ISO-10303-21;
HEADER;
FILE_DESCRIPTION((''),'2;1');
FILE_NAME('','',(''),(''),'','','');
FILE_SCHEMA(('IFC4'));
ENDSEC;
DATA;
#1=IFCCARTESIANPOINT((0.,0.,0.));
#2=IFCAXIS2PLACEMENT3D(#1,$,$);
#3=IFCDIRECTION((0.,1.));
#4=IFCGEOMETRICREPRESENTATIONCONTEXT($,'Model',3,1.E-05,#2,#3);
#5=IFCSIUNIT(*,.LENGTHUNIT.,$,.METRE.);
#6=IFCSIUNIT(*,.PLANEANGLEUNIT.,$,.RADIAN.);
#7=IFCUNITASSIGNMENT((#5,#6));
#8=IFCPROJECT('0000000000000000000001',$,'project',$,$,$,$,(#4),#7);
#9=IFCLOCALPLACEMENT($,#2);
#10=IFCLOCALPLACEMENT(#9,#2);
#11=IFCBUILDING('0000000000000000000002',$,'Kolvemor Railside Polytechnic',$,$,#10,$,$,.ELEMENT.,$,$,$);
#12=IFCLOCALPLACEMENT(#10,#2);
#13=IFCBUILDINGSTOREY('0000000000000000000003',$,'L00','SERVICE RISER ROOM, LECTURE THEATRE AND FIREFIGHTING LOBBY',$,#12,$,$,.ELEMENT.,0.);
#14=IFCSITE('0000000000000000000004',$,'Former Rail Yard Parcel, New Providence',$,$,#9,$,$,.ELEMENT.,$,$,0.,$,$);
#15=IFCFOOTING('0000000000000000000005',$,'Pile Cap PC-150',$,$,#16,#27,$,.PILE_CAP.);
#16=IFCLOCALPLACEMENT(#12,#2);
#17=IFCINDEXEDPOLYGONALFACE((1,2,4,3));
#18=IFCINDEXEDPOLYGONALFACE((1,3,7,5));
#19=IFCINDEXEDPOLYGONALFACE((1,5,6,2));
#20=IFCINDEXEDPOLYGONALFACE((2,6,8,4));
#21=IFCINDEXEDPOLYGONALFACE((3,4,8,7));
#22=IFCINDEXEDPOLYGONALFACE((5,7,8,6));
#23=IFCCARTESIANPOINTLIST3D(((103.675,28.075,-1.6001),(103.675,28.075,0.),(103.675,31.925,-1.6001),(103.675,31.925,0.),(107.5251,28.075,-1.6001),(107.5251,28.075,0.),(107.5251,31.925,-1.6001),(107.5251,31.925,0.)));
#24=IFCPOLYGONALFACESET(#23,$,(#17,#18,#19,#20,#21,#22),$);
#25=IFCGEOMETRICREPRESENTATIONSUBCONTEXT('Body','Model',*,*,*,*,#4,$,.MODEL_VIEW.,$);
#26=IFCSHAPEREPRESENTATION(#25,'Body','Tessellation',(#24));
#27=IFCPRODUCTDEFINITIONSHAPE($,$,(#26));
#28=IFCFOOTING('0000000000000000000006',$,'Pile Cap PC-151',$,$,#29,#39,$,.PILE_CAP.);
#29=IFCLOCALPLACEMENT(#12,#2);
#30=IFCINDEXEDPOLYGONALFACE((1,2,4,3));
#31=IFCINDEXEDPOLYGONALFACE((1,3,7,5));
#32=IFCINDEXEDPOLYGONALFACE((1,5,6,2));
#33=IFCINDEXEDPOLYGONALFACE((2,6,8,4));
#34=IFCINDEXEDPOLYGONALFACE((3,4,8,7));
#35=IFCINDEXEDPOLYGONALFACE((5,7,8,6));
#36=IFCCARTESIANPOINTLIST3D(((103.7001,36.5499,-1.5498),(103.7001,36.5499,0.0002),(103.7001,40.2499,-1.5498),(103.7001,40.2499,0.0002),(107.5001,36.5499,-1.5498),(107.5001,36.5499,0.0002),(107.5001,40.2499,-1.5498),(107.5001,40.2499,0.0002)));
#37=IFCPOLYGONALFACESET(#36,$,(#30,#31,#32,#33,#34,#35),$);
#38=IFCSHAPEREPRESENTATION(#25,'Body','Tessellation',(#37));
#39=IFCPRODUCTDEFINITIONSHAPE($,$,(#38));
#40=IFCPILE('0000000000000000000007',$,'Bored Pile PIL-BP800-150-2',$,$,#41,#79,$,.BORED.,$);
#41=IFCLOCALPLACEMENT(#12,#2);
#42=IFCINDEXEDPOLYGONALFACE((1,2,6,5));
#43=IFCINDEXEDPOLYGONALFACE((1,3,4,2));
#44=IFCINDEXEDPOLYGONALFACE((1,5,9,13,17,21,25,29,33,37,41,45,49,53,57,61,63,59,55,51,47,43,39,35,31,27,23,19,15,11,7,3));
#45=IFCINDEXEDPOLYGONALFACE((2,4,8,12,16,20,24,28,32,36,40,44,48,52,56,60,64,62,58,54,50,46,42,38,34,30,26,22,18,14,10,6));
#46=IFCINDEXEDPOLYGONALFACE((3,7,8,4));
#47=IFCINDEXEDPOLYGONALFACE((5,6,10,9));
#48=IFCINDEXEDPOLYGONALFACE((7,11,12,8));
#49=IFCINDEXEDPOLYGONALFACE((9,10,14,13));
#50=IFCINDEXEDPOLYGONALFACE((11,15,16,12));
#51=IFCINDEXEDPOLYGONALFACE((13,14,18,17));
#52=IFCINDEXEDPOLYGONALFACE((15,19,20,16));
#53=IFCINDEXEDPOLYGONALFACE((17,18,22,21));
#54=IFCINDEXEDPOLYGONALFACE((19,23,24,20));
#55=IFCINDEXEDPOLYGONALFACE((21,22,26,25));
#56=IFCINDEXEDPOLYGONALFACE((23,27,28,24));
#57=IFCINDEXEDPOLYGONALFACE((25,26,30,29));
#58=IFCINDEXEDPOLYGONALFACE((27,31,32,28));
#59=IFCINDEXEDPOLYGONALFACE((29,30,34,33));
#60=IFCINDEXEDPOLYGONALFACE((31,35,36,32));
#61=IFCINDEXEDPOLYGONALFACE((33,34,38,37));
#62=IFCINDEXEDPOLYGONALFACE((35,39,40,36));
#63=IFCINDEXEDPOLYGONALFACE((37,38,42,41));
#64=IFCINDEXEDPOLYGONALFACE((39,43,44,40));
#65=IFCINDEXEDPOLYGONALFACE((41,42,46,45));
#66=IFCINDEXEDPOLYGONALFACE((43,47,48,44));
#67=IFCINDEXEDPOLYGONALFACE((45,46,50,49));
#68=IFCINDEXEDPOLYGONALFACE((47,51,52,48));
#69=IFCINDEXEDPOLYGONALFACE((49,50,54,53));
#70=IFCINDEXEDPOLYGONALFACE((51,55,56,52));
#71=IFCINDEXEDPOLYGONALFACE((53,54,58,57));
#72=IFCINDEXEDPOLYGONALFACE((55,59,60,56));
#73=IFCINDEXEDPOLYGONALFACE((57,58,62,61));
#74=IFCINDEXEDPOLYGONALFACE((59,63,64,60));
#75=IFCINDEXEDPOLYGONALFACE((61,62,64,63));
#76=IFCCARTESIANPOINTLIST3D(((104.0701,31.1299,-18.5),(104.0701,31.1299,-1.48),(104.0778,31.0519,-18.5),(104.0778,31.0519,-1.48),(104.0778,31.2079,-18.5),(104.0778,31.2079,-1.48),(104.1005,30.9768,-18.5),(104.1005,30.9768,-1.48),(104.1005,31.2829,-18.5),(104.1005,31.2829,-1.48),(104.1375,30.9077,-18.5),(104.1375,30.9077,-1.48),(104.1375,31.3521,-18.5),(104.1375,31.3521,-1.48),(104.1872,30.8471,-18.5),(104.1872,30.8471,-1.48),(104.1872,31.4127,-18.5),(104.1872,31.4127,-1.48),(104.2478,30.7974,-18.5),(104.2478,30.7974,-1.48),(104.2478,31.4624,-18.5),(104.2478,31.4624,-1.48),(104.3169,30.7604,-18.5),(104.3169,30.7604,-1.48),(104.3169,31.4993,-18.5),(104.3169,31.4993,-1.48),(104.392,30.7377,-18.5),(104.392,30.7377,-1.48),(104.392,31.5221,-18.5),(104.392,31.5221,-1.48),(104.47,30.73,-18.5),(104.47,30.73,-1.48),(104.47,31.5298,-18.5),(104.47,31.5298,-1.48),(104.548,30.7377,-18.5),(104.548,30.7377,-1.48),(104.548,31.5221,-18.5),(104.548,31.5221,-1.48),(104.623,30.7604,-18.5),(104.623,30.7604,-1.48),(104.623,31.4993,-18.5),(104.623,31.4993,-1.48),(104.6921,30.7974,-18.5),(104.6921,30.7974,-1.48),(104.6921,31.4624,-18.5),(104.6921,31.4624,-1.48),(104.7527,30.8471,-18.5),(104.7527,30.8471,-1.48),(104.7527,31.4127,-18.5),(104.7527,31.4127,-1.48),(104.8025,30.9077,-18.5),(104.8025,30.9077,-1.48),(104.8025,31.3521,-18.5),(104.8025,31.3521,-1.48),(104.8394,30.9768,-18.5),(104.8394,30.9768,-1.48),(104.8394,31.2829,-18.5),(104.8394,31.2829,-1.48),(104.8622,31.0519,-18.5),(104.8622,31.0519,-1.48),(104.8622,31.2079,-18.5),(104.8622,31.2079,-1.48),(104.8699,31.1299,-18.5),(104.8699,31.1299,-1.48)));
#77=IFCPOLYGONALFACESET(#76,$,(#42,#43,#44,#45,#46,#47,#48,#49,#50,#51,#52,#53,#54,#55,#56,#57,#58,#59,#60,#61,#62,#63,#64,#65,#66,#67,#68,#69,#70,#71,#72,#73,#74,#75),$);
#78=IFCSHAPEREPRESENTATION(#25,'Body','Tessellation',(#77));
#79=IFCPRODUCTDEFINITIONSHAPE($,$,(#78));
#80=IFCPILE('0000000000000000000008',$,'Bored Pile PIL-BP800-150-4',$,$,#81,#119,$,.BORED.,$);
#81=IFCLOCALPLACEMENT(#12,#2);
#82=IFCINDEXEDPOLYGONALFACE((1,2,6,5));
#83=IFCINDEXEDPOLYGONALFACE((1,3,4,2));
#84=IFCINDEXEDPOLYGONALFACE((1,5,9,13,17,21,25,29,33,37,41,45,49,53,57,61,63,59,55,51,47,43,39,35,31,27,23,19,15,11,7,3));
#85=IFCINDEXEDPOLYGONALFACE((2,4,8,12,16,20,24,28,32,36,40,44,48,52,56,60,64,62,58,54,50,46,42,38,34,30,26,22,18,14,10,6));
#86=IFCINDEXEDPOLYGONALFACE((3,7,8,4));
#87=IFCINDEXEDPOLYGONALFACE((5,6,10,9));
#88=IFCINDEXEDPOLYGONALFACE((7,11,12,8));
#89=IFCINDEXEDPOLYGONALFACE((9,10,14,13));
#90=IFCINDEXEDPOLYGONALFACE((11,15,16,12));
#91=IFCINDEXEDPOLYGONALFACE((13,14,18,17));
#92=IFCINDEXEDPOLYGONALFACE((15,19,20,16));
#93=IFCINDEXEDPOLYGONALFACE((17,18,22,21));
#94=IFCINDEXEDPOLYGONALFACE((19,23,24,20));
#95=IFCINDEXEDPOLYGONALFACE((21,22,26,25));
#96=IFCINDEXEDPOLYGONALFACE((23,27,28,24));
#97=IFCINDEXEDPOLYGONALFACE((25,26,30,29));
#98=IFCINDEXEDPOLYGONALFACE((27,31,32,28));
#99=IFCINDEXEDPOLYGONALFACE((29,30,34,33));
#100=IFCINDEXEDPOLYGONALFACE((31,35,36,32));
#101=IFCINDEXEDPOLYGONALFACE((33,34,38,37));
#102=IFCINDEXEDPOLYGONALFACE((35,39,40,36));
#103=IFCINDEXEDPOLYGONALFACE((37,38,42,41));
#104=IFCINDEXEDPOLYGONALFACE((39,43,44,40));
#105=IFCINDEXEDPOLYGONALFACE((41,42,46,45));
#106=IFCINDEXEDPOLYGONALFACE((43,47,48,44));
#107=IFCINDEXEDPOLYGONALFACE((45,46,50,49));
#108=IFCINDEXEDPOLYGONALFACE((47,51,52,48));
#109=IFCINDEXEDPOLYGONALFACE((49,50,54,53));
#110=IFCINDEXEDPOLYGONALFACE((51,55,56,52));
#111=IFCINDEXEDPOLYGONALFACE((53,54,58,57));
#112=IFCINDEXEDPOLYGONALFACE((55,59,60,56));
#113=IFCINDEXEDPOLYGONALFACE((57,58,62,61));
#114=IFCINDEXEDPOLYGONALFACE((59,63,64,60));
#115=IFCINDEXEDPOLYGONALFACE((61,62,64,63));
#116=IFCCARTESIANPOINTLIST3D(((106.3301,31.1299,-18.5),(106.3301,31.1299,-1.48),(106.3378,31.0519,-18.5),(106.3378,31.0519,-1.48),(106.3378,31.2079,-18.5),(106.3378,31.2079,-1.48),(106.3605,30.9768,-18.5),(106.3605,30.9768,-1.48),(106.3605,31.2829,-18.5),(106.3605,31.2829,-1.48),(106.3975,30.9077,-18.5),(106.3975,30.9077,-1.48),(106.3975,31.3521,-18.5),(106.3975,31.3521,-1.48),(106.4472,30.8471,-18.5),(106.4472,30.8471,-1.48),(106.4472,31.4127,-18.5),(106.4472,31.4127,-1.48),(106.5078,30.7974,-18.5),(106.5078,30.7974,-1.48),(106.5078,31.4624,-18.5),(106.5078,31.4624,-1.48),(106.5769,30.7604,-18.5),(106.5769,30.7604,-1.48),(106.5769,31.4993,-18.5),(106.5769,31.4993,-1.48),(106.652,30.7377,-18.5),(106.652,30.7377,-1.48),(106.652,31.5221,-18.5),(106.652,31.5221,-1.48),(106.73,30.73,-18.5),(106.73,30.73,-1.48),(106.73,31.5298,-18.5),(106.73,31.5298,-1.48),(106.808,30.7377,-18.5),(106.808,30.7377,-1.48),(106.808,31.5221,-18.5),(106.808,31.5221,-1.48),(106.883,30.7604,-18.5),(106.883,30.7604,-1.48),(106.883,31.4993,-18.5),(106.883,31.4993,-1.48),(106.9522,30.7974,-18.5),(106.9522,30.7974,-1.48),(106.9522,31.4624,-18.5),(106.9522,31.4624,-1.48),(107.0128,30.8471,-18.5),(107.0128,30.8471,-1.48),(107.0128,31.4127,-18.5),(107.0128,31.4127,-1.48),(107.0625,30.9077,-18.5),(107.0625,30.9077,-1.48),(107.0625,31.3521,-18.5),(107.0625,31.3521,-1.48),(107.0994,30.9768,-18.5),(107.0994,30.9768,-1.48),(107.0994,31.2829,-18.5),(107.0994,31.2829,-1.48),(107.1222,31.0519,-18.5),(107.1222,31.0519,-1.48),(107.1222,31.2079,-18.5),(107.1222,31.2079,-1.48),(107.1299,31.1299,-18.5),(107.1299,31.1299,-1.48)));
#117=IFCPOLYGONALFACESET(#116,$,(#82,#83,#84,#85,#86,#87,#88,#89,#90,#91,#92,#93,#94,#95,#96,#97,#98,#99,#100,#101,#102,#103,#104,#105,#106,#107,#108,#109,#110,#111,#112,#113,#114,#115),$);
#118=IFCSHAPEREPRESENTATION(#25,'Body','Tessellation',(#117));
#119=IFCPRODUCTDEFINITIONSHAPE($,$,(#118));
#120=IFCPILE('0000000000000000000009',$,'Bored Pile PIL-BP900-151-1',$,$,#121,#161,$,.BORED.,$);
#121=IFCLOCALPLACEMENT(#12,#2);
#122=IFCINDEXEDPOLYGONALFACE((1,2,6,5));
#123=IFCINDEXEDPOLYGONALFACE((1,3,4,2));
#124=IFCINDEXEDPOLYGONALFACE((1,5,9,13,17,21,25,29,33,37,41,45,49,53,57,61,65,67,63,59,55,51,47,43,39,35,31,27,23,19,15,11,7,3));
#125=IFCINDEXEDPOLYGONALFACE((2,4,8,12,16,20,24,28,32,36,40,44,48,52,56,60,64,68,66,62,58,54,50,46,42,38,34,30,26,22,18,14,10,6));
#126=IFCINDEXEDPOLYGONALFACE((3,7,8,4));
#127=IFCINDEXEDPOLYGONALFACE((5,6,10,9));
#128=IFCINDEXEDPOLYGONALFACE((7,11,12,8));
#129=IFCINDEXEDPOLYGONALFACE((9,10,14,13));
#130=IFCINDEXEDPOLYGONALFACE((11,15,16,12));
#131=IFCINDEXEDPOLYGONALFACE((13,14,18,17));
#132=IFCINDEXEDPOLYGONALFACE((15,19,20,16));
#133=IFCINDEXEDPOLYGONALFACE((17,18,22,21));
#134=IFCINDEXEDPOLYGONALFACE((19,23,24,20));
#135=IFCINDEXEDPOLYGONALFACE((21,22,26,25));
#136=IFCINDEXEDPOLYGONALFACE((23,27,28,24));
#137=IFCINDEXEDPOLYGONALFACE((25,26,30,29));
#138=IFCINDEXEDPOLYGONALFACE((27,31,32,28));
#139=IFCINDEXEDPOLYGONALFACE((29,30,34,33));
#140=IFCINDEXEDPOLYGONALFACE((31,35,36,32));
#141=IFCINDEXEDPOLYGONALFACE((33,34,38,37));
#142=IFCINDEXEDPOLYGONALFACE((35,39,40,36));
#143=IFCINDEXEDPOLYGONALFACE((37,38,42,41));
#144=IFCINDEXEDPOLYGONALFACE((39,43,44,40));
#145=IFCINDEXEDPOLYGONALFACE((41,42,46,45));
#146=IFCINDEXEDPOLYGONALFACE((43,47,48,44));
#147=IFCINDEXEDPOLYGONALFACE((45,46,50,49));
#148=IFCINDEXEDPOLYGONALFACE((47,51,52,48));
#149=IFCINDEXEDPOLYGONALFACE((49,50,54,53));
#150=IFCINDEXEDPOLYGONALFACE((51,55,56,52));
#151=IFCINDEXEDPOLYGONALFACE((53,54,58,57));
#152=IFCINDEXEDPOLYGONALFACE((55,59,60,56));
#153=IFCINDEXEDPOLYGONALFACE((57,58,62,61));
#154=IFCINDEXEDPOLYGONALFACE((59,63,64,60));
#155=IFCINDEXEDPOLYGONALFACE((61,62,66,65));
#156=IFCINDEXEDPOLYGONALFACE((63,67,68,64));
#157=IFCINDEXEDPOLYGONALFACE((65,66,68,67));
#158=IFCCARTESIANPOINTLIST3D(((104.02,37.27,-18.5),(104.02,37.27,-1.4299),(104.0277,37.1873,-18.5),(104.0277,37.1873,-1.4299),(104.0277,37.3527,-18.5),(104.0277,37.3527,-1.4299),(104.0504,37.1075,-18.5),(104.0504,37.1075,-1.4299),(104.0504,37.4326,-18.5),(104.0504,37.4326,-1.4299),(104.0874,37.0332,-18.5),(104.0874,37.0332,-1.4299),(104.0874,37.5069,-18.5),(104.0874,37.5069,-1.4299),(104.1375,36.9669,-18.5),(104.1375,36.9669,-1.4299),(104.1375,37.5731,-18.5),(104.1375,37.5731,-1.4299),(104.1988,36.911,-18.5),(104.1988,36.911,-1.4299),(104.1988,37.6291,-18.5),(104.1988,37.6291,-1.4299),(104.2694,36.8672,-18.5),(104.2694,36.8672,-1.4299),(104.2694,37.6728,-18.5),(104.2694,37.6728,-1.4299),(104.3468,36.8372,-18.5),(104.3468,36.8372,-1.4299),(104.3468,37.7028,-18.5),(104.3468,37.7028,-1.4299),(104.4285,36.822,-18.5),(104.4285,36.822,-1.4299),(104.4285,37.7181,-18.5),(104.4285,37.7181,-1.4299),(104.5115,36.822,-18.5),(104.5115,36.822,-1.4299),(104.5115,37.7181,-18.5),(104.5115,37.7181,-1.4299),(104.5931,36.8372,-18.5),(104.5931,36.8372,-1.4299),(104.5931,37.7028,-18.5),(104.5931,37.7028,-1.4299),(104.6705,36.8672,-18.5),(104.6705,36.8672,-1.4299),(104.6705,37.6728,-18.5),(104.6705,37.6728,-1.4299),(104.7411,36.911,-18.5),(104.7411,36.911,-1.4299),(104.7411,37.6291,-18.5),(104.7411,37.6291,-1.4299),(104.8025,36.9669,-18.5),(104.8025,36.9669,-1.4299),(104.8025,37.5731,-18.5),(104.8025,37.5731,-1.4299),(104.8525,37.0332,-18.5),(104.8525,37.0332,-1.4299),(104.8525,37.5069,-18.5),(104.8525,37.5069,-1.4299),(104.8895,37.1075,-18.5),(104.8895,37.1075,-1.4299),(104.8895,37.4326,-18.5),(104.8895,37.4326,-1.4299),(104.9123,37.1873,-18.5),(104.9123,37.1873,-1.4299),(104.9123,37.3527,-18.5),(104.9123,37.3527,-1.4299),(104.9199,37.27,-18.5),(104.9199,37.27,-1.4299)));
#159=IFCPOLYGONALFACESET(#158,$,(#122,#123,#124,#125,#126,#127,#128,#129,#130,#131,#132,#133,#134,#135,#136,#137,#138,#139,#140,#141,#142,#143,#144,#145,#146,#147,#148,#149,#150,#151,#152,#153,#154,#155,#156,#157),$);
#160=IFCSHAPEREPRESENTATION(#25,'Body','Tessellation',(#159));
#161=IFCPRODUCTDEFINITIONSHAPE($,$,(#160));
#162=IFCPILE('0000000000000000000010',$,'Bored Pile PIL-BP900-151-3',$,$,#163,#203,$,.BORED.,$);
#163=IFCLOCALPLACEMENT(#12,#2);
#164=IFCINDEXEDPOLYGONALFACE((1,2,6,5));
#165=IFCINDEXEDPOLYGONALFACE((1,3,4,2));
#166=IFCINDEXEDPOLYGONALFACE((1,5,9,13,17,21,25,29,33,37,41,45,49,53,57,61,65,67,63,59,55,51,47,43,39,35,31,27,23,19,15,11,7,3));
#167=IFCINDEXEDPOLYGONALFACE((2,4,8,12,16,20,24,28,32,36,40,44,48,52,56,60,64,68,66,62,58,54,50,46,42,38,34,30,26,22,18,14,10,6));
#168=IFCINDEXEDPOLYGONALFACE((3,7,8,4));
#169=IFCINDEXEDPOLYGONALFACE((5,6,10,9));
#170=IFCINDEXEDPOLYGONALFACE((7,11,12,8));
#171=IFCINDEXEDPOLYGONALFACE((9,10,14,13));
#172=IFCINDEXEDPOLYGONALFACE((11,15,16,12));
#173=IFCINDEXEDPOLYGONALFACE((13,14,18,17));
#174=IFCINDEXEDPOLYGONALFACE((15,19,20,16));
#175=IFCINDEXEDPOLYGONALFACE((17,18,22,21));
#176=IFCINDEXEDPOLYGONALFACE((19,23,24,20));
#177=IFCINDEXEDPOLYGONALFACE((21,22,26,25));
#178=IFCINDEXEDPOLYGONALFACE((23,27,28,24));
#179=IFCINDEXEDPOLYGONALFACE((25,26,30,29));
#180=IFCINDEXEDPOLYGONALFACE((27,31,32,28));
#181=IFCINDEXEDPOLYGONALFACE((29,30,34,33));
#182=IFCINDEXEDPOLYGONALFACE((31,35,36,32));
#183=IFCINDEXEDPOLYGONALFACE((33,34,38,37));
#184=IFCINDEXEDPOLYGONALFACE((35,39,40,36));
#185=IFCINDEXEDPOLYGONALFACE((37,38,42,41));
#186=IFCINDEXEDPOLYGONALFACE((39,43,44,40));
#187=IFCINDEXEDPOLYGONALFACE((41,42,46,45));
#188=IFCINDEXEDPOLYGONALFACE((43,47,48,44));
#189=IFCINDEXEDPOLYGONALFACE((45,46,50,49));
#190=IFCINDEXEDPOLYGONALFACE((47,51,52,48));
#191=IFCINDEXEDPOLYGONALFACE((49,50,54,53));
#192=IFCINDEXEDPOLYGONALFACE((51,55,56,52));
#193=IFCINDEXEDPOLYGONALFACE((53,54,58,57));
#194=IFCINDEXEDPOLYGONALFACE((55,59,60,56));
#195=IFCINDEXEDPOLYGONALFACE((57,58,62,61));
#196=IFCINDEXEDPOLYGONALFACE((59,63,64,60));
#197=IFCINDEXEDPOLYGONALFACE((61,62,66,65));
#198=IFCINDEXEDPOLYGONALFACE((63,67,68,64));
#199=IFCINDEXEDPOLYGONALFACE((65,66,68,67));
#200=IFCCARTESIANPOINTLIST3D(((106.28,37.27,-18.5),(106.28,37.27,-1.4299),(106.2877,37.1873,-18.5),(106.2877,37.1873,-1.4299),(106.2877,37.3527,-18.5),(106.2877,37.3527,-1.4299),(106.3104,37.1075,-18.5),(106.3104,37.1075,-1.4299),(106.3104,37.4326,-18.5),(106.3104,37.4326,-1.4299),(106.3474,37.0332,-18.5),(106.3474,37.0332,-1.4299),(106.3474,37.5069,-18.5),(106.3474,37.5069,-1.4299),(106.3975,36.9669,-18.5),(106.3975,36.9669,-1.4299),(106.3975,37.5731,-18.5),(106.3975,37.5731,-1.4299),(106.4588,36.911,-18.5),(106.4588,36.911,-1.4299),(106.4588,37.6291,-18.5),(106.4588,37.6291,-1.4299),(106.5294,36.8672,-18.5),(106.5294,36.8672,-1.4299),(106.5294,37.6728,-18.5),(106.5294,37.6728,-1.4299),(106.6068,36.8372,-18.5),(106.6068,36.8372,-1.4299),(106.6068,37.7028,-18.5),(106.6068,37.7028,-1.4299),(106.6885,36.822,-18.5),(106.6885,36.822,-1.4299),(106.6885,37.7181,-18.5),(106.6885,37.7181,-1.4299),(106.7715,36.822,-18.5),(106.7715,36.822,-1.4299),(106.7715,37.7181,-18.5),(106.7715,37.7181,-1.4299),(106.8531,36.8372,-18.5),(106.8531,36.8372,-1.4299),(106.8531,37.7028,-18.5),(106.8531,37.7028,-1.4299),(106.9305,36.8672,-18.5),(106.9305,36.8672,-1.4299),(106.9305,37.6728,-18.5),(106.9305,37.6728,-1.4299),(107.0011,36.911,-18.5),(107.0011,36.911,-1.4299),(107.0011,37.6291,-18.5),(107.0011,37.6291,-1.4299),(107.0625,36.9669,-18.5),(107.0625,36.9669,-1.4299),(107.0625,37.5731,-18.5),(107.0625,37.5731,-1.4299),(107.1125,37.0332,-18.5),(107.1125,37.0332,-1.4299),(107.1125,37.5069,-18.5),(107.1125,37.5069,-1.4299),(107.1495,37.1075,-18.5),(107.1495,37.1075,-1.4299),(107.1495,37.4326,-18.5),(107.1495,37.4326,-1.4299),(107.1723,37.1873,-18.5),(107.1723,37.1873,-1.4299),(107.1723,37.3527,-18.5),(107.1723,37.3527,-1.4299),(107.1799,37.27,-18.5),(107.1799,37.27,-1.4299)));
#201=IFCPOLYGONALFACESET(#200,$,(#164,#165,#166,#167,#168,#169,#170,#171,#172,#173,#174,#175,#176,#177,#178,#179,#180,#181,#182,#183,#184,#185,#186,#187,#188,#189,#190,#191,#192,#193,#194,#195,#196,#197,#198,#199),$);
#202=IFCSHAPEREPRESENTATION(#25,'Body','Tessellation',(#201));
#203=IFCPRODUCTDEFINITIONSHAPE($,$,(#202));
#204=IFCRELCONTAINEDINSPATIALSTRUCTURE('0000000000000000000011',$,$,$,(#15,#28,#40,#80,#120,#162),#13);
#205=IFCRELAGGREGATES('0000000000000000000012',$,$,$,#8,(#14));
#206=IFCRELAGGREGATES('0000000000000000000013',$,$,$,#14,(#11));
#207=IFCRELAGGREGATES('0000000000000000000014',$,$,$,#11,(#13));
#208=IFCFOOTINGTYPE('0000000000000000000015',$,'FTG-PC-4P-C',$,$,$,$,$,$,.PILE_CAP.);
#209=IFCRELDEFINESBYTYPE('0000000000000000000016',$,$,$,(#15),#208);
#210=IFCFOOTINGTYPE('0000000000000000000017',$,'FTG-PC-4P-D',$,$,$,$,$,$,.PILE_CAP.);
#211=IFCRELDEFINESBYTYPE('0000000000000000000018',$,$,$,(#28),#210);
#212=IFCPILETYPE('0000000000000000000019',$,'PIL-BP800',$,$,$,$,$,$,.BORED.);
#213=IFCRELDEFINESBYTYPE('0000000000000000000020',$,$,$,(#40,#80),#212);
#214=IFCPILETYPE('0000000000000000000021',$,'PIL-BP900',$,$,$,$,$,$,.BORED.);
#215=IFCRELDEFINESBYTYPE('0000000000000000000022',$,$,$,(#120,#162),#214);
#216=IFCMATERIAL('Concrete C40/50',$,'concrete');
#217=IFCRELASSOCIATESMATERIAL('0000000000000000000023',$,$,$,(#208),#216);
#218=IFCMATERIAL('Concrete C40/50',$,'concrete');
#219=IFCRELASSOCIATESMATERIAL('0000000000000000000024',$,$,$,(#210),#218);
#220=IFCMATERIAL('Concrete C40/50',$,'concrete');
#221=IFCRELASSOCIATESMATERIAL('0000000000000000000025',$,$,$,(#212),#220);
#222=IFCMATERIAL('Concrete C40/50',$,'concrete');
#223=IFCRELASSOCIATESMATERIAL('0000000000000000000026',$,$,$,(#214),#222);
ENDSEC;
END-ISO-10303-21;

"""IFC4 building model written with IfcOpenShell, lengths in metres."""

from ifc_helpers import new_model, si_unit, direction, frame, origin, origin_2d, place, context, subcontext, project, spatial, rectangle, circle, extrude, material, material_profile, profile_set, type_object, element, save


model = new_model("IFC4")

# Units and contexts
model_context = context("Model", 3, precision=1e-05, world=origin(), true_north=direction((0.0, 1.0)))
body_context = subcontext(model_context, "Body", "Model", "MODEL_VIEW")
ifc_project = project(units=[si_unit("LENGTHUNIT", "METRE"), si_unit("PLANEANGLEUNIT", "RADIAN")], contexts=[model_context])

# Site, building, storey
site_placement = place(None, origin())
site = spatial("IfcSite", under=ifc_project, at=site_placement, Name="Former Rail Yard Parcel, New Providence", CompositionType="ELEMENT", RefElevation=0.0)
building_placement = place(site_placement, origin())
building = spatial("IfcBuilding", under=site, at=building_placement, Name="Kolvemor Railside Polytechnic", CompositionType="ELEMENT")
storey_placement = place(building_placement, origin())
storey = spatial("IfcBuildingStorey", under=building, at=storey_placement, Name="L00", Description="SERVICE RISER ROOM, LECTURE THEATRE AND FIREFIGHTING LOBBY", CompositionType="ELEMENT", Elevation=0.0)

# Footings
ifc_material_1 = material(Name="Concrete C40/50", Category="concrete")
footing_type_1 = type_object("IfcFootingType", Name="FTG-PC-4P-C", PredefinedType="PILE_CAP", material=ifc_material_1)
footing_1_placement = place(storey_placement, frame((105.6001, 30.0, -1.6001), z_axis=(0.0, 0.0, 1.0), x_axis=(1.0, 0.0, 0.0)))
element("IfcFooting", 1, at=footing_1_placement, inside=storey, type_object=footing_type_1, Name="Pile Cap PC-150", PredefinedType="PILE_CAP", context=body_context, shape_type="SweptSolid", body=[
    extrude(rectangle(XDim=3.8501, YDim=3.8501, at=origin_2d()), origin(), (0.0, 0.0, 1.0), 1.6001),
])
ifc_material_2 = material(Name="Concrete C40/50", Category="concrete")
footing_type_2 = type_object("IfcFootingType", Name="FTG-PC-4P-D", PredefinedType="PILE_CAP", material=ifc_material_2)
footing_2_placement = place(storey_placement, frame((105.6001, 38.3999, -1.5498), z_axis=(0.0, 0.0, 1.0), x_axis=(1.0, 0.0, 0.0)))
element("IfcFooting", 2, at=footing_2_placement, inside=storey, type_object=footing_type_2, Name="Pile Cap PC-151", PredefinedType="PILE_CAP", context=body_context, shape_type="SweptSolid", body=[
    extrude(rectangle(XDim=3.8, YDim=3.7, at=origin_2d()), origin(), (0.0, 0.0, 1.0), 1.55),
])

# Piles
ifc_material_3 = material(Name="Concrete C40/50", Category="concrete")
ifc_material_profile_1 = material_profile(ifc_material_3, circle(Radius=0.3999, at=origin_2d()), Name="BP800")
ifc_profile_set_1 = profile_set([ifc_material_profile_1], Name="Concrete C40/50")
pile_type_1 = type_object("IfcPileType", Name="PIL-BP800", PredefinedType="BORED", material=ifc_profile_set_1)
for number, where, z_axis, x_axis, name in (
    (3, (104.47, 31.1299, -1.48), (0.0, 0.0, -1.0), (1.0, 0.0, 0.0), "Bored Pile PIL-BP800-150-2"),
    (4, (106.73, 31.1299, -1.48), (0.0, 0.0, -1.0), (1.0, 0.0, 0.0), "Bored Pile PIL-BP800-150-4"),
):
    element("IfcPile", number, at=place(storey_placement, frame(where, z_axis=z_axis, x_axis=x_axis)), inside=storey, type_object=pile_type_1, Name=name, PredefinedType="BORED", context=body_context, shape_type="SweptSolid", body=[
        extrude(circle(Radius=0.3999, at=origin_2d()), origin(), (0.0, 0.0, 1.0), 17.02),
    ])
ifc_material_4 = material(Name="Concrete C40/50", Category="concrete")
ifc_material_profile_2 = material_profile(ifc_material_4, circle(Radius=0.45, at=origin_2d()), Name="BP900")
ifc_profile_set_2 = profile_set([ifc_material_profile_2], Name="Concrete C40/50")
pile_type_2 = type_object("IfcPileType", Name="PIL-BP900", PredefinedType="BORED", material=ifc_profile_set_2)
for number, where, z_axis, x_axis, name in (
    (5, (104.47, 37.27, -1.4299), (0.0, 0.0, -1.0), (1.0, 0.0, 0.0), "Bored Pile PIL-BP900-151-1"),
    (6, (106.73, 37.27, -1.4299), (0.0, 0.0, -1.0), (1.0, 0.0, 0.0), "Bored Pile PIL-BP900-151-3"),
):
    element("IfcPile", number, at=place(storey_placement, frame(where, z_axis=z_axis, x_axis=x_axis)), inside=storey, type_object=pile_type_2, Name=name, PredefinedType="BORED", context=body_context, shape_type="SweptSolid", body=[
        extrude(circle(Radius=0.45, at=origin_2d()), origin(), (0.0, 0.0, 1.0), 17.0701),
    ])

save(model, "model.ifc")
